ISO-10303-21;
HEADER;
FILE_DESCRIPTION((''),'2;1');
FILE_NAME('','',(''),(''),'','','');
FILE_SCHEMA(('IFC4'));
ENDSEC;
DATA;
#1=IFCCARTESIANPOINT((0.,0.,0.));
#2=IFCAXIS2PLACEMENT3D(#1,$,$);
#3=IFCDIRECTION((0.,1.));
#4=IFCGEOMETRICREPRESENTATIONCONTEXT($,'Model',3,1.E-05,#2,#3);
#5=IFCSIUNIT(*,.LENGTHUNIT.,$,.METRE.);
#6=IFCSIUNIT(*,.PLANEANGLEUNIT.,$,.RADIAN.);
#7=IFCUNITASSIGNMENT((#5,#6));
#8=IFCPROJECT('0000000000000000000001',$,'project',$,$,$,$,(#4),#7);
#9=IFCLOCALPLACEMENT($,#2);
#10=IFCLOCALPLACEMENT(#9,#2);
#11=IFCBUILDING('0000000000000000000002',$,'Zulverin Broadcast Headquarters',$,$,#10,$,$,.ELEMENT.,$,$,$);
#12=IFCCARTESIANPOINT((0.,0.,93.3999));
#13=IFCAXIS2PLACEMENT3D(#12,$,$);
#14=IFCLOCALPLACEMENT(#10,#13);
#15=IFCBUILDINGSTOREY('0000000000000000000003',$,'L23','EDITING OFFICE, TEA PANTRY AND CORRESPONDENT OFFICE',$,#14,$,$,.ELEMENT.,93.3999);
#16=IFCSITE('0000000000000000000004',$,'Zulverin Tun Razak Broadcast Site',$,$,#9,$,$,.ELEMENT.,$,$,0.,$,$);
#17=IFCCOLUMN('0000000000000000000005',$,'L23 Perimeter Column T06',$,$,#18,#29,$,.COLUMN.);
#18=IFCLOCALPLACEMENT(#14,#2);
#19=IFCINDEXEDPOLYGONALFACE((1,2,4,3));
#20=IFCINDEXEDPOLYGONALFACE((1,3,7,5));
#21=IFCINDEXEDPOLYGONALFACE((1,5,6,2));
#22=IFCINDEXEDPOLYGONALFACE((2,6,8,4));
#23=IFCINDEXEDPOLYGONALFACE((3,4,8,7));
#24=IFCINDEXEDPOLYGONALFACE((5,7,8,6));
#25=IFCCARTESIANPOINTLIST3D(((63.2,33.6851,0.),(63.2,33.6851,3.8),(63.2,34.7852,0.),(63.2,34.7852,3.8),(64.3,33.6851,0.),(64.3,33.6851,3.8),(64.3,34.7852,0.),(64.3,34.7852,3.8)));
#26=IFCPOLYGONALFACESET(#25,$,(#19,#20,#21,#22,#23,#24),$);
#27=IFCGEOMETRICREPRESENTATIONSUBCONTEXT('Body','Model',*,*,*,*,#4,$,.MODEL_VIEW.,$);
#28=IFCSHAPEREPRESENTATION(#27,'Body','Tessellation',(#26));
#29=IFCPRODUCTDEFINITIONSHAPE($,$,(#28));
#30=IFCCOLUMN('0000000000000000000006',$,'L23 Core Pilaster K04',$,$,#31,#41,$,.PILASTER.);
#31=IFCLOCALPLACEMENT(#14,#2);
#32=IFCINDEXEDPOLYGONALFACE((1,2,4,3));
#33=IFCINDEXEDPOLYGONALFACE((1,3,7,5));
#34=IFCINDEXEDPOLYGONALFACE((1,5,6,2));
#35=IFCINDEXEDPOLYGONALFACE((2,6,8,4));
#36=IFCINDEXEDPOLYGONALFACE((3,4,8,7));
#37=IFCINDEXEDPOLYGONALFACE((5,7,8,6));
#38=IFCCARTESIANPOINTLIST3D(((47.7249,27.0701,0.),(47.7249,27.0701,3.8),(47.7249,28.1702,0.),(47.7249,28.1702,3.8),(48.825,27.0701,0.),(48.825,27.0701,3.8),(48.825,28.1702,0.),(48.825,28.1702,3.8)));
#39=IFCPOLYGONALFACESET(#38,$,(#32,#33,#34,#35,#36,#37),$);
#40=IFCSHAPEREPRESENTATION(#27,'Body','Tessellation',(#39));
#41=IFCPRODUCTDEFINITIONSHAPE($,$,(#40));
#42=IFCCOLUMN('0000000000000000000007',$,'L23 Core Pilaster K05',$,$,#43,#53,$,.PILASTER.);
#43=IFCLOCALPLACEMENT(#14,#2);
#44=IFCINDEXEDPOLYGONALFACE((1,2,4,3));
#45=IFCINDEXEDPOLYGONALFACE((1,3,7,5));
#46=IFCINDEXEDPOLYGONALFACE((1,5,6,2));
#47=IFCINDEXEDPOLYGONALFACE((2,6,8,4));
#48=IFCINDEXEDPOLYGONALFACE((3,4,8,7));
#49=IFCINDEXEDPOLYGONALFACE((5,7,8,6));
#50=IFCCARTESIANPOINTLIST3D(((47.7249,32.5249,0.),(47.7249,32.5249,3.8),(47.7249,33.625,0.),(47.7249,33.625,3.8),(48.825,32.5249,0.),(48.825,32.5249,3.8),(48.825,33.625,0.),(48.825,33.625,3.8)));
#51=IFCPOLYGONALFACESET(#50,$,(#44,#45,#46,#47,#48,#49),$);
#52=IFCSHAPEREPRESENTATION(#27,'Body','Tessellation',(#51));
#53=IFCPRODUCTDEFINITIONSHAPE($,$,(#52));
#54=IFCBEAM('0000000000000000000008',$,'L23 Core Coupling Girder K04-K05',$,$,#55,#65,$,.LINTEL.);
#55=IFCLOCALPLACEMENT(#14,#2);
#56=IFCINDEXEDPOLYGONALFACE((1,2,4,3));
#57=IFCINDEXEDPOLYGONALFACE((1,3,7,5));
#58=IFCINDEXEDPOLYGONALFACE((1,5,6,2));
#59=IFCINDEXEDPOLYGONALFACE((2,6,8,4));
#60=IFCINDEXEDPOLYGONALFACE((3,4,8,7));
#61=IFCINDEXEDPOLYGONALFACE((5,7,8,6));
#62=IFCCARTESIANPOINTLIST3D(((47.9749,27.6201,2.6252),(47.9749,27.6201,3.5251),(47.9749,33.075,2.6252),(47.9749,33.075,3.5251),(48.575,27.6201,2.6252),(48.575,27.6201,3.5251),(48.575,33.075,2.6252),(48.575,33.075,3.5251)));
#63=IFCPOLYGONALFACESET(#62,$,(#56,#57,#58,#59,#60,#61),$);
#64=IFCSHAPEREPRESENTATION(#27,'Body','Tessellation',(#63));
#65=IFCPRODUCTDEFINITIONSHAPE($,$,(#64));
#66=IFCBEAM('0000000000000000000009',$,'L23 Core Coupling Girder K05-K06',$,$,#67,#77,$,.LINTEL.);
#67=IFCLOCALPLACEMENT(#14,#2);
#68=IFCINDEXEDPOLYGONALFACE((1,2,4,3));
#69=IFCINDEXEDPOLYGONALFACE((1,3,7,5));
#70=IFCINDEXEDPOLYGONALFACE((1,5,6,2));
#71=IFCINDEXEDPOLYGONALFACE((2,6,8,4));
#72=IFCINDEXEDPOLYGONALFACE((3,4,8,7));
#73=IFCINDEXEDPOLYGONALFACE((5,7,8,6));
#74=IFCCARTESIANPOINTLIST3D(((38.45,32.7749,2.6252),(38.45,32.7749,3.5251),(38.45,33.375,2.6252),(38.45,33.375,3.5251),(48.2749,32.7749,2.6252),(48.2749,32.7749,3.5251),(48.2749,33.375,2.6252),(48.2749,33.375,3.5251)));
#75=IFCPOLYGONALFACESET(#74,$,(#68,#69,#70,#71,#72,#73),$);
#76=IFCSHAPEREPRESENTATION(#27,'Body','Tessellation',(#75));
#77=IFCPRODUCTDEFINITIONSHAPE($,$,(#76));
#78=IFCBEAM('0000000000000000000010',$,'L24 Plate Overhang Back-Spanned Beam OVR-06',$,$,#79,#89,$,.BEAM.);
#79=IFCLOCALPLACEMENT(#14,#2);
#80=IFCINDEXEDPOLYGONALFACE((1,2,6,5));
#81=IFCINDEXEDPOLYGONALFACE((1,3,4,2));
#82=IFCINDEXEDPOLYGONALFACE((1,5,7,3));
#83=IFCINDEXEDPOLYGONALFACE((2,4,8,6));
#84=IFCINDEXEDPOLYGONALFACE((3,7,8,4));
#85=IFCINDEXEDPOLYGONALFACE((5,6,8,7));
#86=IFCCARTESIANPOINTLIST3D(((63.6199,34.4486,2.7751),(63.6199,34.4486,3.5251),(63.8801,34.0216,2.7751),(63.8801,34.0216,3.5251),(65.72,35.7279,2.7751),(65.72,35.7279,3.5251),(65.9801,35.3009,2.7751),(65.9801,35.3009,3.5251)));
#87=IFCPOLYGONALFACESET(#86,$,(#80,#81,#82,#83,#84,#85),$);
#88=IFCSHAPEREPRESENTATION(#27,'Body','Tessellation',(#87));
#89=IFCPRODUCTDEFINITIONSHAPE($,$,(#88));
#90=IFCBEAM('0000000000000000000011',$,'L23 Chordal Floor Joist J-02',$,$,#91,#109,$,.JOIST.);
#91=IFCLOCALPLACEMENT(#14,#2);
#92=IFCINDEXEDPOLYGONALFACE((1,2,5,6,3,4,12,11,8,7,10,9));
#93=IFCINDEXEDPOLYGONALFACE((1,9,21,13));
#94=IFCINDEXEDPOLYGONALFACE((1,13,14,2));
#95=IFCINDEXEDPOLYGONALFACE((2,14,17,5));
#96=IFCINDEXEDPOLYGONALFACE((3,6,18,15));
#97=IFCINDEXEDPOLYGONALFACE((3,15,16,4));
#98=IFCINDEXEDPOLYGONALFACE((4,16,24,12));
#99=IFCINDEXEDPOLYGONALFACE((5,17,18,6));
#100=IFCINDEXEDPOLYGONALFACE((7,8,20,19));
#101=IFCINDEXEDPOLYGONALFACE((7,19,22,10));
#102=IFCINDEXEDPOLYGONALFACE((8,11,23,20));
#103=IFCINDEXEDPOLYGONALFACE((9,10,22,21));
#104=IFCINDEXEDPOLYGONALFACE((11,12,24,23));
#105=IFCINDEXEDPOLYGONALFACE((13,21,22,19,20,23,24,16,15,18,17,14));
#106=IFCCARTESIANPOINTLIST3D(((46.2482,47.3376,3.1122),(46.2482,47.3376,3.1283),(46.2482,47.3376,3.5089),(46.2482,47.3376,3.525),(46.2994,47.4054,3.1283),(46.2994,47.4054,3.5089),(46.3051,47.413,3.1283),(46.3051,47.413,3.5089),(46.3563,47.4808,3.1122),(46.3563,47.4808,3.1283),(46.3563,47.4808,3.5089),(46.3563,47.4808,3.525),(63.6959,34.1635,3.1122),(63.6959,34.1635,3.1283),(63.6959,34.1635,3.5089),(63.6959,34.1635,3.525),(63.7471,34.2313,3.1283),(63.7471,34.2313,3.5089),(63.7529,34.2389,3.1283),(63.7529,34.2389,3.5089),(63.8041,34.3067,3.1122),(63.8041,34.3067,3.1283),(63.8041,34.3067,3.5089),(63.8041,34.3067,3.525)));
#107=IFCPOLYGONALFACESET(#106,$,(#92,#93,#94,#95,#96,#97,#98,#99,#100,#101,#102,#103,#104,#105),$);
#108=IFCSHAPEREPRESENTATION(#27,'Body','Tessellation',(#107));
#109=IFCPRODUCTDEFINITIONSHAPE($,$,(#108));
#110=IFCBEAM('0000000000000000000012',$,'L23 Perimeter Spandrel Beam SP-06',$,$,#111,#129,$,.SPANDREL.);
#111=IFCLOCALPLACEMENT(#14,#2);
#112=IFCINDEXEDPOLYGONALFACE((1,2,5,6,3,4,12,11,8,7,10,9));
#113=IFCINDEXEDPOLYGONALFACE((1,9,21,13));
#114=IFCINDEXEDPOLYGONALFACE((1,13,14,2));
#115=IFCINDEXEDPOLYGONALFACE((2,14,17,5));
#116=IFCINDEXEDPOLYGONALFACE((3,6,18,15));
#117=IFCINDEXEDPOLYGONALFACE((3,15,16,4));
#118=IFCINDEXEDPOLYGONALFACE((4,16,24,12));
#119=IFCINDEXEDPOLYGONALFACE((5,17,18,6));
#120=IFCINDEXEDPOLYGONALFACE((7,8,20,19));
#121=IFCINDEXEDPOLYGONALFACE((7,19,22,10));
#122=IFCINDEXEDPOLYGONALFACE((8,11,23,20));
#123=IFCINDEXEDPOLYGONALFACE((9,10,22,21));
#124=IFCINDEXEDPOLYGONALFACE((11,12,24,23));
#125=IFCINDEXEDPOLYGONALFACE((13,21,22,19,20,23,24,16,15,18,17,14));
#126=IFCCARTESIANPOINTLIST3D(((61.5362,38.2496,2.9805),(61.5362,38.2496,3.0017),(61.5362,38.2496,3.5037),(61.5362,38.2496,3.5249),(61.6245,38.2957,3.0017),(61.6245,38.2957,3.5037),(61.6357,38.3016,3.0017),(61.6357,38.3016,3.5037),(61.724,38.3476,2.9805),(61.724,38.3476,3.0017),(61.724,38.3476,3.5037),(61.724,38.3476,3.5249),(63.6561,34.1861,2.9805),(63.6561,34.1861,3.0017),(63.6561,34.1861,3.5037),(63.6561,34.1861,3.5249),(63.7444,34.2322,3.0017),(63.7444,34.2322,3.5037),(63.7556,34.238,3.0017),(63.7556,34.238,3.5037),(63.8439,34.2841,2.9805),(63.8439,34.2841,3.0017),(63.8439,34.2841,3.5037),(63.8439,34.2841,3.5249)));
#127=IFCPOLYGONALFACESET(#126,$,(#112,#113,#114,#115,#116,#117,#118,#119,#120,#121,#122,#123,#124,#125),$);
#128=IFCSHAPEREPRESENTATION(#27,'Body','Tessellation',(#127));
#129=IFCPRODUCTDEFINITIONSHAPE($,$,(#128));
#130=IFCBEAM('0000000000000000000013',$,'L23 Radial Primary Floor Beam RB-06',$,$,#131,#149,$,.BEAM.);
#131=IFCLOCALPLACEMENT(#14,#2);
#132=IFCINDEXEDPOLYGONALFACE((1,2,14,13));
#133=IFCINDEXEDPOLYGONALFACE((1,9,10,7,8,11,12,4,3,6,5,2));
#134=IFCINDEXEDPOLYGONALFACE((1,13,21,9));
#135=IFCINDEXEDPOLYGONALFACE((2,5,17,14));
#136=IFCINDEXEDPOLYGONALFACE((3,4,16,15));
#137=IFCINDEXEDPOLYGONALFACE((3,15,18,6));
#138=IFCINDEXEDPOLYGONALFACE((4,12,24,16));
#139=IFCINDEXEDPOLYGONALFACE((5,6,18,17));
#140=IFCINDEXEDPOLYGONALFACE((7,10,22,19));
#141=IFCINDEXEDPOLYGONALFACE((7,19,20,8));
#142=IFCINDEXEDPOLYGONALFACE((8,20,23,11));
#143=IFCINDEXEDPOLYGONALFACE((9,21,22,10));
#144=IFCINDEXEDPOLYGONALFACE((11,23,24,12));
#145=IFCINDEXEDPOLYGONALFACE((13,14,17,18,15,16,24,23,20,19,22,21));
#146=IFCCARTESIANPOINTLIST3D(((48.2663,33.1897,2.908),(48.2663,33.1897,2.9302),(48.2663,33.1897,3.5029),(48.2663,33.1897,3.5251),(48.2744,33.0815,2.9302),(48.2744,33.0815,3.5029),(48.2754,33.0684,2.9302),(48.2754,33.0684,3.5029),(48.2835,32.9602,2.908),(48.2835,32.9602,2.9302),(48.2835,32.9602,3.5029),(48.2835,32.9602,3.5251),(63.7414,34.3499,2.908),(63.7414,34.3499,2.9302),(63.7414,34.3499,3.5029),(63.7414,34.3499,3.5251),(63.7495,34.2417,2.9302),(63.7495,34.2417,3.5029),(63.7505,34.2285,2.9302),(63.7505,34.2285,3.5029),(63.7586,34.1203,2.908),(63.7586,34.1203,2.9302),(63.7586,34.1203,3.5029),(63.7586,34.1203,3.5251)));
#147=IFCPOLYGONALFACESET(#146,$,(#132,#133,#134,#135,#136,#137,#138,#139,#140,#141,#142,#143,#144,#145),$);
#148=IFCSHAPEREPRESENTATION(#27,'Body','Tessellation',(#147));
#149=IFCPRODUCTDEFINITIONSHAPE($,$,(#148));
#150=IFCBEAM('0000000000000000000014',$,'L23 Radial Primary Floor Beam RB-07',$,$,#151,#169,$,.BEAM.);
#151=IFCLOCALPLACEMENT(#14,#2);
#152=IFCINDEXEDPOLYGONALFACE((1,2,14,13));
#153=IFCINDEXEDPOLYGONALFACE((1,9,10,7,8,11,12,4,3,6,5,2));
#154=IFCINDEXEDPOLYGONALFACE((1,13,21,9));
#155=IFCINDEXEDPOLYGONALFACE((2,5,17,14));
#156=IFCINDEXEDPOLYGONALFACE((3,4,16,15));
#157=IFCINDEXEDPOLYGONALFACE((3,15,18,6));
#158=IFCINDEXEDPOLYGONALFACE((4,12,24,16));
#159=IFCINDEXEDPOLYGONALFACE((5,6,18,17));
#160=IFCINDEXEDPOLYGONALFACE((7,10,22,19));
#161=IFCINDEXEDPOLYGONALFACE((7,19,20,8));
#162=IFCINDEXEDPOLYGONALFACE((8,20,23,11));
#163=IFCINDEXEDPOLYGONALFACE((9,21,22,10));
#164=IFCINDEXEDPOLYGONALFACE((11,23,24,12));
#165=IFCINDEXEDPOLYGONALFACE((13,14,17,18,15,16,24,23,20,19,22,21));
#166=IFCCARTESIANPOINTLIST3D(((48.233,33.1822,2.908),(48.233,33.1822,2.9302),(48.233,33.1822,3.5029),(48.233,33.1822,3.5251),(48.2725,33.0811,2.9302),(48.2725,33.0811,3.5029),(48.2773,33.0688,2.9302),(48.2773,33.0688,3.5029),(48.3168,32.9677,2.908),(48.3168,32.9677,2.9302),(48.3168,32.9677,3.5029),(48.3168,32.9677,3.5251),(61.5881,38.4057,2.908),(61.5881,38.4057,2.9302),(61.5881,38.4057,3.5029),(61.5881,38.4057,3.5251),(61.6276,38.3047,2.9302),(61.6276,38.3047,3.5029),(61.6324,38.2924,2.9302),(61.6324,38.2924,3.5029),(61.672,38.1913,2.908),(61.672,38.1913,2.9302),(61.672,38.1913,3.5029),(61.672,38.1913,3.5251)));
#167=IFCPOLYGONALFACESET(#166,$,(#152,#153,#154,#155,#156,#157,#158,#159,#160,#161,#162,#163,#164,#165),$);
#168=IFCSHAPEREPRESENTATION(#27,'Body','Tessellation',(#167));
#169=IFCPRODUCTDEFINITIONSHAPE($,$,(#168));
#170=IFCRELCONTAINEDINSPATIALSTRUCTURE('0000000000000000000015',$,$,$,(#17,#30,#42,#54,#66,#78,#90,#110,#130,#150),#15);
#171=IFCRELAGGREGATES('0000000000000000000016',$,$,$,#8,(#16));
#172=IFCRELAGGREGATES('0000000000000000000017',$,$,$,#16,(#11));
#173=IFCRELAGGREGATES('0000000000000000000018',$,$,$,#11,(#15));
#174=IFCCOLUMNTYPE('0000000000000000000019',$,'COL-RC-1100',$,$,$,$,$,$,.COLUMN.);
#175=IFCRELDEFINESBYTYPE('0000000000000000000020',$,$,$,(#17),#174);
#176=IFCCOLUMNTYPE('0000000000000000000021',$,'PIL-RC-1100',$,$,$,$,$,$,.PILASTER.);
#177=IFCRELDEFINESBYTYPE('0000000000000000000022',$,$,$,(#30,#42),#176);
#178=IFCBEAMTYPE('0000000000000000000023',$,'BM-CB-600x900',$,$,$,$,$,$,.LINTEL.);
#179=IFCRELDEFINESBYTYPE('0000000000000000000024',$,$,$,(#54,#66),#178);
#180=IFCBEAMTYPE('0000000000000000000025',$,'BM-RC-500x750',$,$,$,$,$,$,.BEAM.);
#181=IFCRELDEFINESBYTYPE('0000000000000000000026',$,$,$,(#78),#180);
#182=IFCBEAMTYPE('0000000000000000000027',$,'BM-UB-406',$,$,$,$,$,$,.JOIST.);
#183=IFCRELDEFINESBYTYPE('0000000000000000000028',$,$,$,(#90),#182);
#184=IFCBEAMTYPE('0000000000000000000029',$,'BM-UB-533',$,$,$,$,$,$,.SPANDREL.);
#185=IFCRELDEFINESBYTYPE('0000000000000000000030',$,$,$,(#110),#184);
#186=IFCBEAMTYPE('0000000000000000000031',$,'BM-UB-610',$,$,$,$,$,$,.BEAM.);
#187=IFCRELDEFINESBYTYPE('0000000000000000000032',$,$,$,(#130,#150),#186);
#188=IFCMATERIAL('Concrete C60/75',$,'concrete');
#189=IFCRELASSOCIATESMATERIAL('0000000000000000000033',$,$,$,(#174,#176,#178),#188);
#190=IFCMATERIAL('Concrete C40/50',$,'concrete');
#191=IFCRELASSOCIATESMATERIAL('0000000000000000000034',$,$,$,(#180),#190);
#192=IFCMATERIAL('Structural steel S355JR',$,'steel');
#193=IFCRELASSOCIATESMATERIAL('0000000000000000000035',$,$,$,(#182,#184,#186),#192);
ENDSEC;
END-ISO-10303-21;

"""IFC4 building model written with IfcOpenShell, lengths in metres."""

from ifc_helpers import new_model, si_unit, direction, frame, origin, origin_2d, place, context, subcontext, project, spatial, rectangle, i_section, extrude, material, material_profile, profile_set, type_object, element, save


model = new_model("IFC4")

# Units and contexts
model_context = context("Model", 3, precision=1e-05, world=origin(), true_north=direction((0.0, 1.0)))
body_context = subcontext(model_context, "Body", "Model", "MODEL_VIEW")
ifc_project = project(units=[si_unit("LENGTHUNIT", "METRE"), si_unit("PLANEANGLEUNIT", "RADIAN")], contexts=[model_context])

# Site, building, storey
site_placement = place(None, origin())
site = spatial("IfcSite", under=ifc_project, at=site_placement, Name="Zulverin Tun Razak Broadcast Site", CompositionType="ELEMENT", RefElevation=0.0)
building_placement = place(site_placement, origin())
building = spatial("IfcBuilding", under=site, at=building_placement, Name="Zulverin Broadcast Headquarters", CompositionType="ELEMENT")
storey_placement = place(building_placement, frame((0.0, 0.0, 93.3999)))
storey = spatial("IfcBuildingStorey", under=building, at=storey_placement, Name="L23", Description="EDITING OFFICE, TEA PANTRY AND CORRESPONDENT OFFICE", CompositionType="ELEMENT", Elevation=93.3999)

# Columns
ifc_material_1 = material(Name="Concrete C60/75", Category="concrete")
ifc_material_profile_1 = material_profile(ifc_material_1, rectangle(XDim=1.1001, YDim=1.1001, at=origin_2d()), Name="Concrete C60/75", Category="concrete")
ifc_profile_set_1 = profile_set([ifc_material_profile_1], Name="Concrete C60/75")
column_type_1 = type_object("IfcColumnType", Name="COL-RC-1100", PredefinedType="COLUMN", material=ifc_profile_set_1)
column_placement = place(storey_placement, frame((63.75, 34.2351, 0.0), z_axis=(0.0, 0.0, 1.0), x_axis=(1.0, 0.0, 0.0)))
element("IfcColumn", 1, at=column_placement, inside=storey, type_object=column_type_1, Name="L23 Perimeter Column T06", PredefinedType="COLUMN", context=body_context, shape_type="SweptSolid", body=[
    extrude(rectangle(XDim=1.1001, YDim=1.1001, at=origin_2d()), origin(), (0.0, 0.0, 1.0), 3.8),
])
ifc_material_profile_2 = material_profile(ifc_material_1, rectangle(XDim=1.1001, YDim=1.1001, at=origin_2d()), Name="Concrete C60/75", Category="concrete")
ifc_profile_set_2 = profile_set([ifc_material_profile_2], Name="Concrete C60/75")
column_type_2 = type_object("IfcColumnType", Name="PIL-RC-1100", PredefinedType="PILASTER", material=ifc_profile_set_2)
for number, where, z_axis, x_axis, name in (
    (2, (48.2749, 27.6201, 0.0), (0.0, 0.0, 1.0), (1.0, 0.0, 0.0), "L23 Core Pilaster K04"),
    (3, (48.2749, 33.075, 0.0), (0.0, 0.0, 1.0), (1.0, 0.0, 0.0), "L23 Core Pilaster K05"),
):
    element("IfcColumn", number, at=place(storey_placement, frame(where, z_axis=z_axis, x_axis=x_axis)), inside=storey, type_object=column_type_2, Name=name, PredefinedType="PILASTER", context=body_context, shape_type="SweptSolid", body=[
        extrude(rectangle(XDim=1.1001, YDim=1.1001, at=origin_2d()), origin(), (0.0, 0.0, 1.0), 3.8),
    ])

# Beams
ifc_material_profile_3 = material_profile(ifc_material_1, rectangle(XDim=0.6001, YDim=0.8999, at=origin_2d()), Name="Concrete C60/75", Category="concrete")
ifc_profile_set_3 = profile_set([ifc_material_profile_3], Name="Concrete C60/75")
beam_type_1 = type_object("IfcBeamType", Name="BM-CB-600x900", PredefinedType="LINTEL", material=ifc_profile_set_3)
beam_1_placement = place(storey_placement, frame((48.2749, 27.6201, 3.0752), z_axis=(0.0, 1.0, 0.0), x_axis=(-1.0, 0.0, 0.0)))
element("IfcBeam", 4, at=beam_1_placement, inside=storey, type_object=beam_type_1, Name="L23 Core Coupling Girder K04-K05", PredefinedType="LINTEL", context=body_context, shape_type="SweptSolid", body=[
    extrude(rectangle(XDim=0.6001, YDim=0.8999, at=origin_2d()), origin(), (0.0, 0.0, 1.0), 5.4548),
])
beam_2_placement = place(storey_placement, frame((48.2749, 33.075, 3.0752), z_axis=(-1.0, 0.0, 0.0), x_axis=(0.0, -1.0, 0.0)))
element("IfcBeam", 5, at=beam_2_placement, inside=storey, type_object=beam_type_1, Name="L23 Core Coupling Girder K05-K06", PredefinedType="LINTEL", context=body_context, shape_type="SweptSolid", body=[
    extrude(rectangle(XDim=0.6001, YDim=0.8999, at=origin_2d()), origin(), (0.0, 0.0, 1.0), 9.825),
])
ifc_material_2 = material(Name="Concrete C40/50", Category="concrete")
ifc_material_profile_4 = material_profile(ifc_material_2, rectangle(XDim=0.5, YDim=0.75, at=origin_2d()), Name="Concrete C40/50", Category="concrete")
ifc_profile_set_4 = profile_set([ifc_material_profile_4], Name="Concrete C40/50")
beam_type_2 = type_object("IfcBeamType", Name="BM-RC-500x750", PredefinedType="BEAM", material=ifc_profile_set_4)
beam_3_placement = place(storey_placement, frame((63.75, 34.2351, 3.1501), z_axis=(0.854022, 0.520237, 0.0), x_axis=(-0.520237, 0.854022, 0.0)))
element("IfcBeam", 6, at=beam_3_placement, inside=storey, type_object=beam_type_2, Name="L24 Plate Overhang Back-Spanned Beam OVR-06", PredefinedType="BEAM", context=body_context, shape_type="SweptSolid", body=[
    extrude(rectangle(XDim=0.5, YDim=0.75, at=origin_2d()), origin(), (0.0, 0.0, 1.0), 2.459),
])
ifc_material_3 = material(Name="Structural steel S355JR", Category="steel")
ifc_material_profile_5 = material_profile(ifc_material_3, i_section(OverallWidth=0.1794, OverallDepth=0.4128, WebThickness=0.0095, FlangeThickness=0.0161, at=origin_2d()), Name="Structural steel S355JR", Category="steel")
ifc_profile_set_5 = profile_set([ifc_material_profile_5], Name="Structural steel S355JR")
beam_type_3 = type_object("IfcBeamType", Name="BM-UB-406", PredefinedType="JOIST", material=ifc_profile_set_5)
beam_4_placement = place(storey_placement, frame((63.75, 34.2351, 3.3186), z_axis=(-0.798058, 0.60258, 0.0), x_axis=(-0.60258, -0.798058, 0.0)))
element("IfcBeam", 7, at=beam_4_placement, inside=storey, type_object=beam_type_3, Name="L23 Chordal Floor Joist J-02", PredefinedType="JOIST", context=body_context, shape_type="SweptSolid", body=[
    extrude(i_section(OverallWidth=0.1794, OverallDepth=0.4128, WebThickness=0.0095, FlangeThickness=0.0161, at=origin_2d()), origin(), (0.0, 0.0, 1.0), 21.8628),
])
ifc_material_profile_6 = material_profile(ifc_material_3, i_section(OverallWidth=0.2119, OverallDepth=0.5444, WebThickness=0.0127, FlangeThickness=0.0212, at=origin_2d()), Name="Structural steel S355JR", Category="steel")
ifc_profile_set_6 = profile_set([ifc_material_profile_6], Name="Structural steel S355JR")
beam_type_4 = type_object("IfcBeamType", Name="BM-UB-533", PredefinedType="SPANDREL", material=ifc_profile_set_6)
beam_5_placement = place(storey_placement, frame((63.75, 34.2351, 3.2527), z_axis=(-0.462531, 0.886603, 0.0), x_axis=(-0.886603, -0.462531, 0.0)))
element("IfcBeam", 8, at=beam_5_placement, inside=storey, type_object=beam_type_4, Name="L23 Perimeter Spandrel Beam SP-06", PredefinedType="SPANDREL", context=body_context, shape_type="SweptSolid", body=[
    extrude(i_section(OverallWidth=0.2119, OverallDepth=0.5444, WebThickness=0.0127, FlangeThickness=0.0212, at=origin_2d()), origin(), (0.0, 0.0, 1.0), 4.5833),
])
ifc_material_profile_7 = material_profile(ifc_material_3, i_section(OverallWidth=0.2302, OverallDepth=0.6172, WebThickness=0.0132, FlangeThickness=0.0222, at=origin_2d()), Name="Structural steel S355JR", Category="steel")
ifc_profile_set_7 = profile_set([ifc_material_profile_7], Name="Structural steel S355JR")
beam_type_5 = type_object("IfcBeamType", Name="BM-UB-610", PredefinedType="BEAM", material=ifc_profile_set_7)
beam_6_placement = place(storey_placement, frame((48.2749, 33.075, 3.2166), z_axis=(0.997202, 0.074759, 0.0), x_axis=(-0.074759, 0.997202, 0.0)))
element("IfcBeam", 9, at=beam_6_placement, inside=storey, type_object=beam_type_5, Name="L23 Radial Primary Floor Beam RB-06", PredefinedType="BEAM", context=body_context, shape_type="SweptSolid", body=[
    extrude(i_section(OverallWidth=0.2302, OverallDepth=0.6172, WebThickness=0.0132, FlangeThickness=0.0222, at=origin_2d()), origin(), (0.0, 0.0, 1.0), 15.5186),
])
beam_7_placement = place(storey_placement, frame((48.2749, 33.075, 3.2166), z_axis=(0.931298, 0.364259, 0.0), x_axis=(-0.364259, 0.931298, 0.0)))
element("IfcBeam", 10, at=beam_7_placement, inside=storey, type_object=beam_type_5, Name="L23 Radial Primary Floor Beam RB-07", PredefinedType="BEAM", context=body_context, shape_type="SweptSolid", body=[
    extrude(i_section(OverallWidth=0.2302, OverallDepth=0.6172, WebThickness=0.0132, FlangeThickness=0.0222, at=origin_2d()), origin(), (0.0, 0.0, 1.0), 14.3403),
])

save(model, "model.ifc")
